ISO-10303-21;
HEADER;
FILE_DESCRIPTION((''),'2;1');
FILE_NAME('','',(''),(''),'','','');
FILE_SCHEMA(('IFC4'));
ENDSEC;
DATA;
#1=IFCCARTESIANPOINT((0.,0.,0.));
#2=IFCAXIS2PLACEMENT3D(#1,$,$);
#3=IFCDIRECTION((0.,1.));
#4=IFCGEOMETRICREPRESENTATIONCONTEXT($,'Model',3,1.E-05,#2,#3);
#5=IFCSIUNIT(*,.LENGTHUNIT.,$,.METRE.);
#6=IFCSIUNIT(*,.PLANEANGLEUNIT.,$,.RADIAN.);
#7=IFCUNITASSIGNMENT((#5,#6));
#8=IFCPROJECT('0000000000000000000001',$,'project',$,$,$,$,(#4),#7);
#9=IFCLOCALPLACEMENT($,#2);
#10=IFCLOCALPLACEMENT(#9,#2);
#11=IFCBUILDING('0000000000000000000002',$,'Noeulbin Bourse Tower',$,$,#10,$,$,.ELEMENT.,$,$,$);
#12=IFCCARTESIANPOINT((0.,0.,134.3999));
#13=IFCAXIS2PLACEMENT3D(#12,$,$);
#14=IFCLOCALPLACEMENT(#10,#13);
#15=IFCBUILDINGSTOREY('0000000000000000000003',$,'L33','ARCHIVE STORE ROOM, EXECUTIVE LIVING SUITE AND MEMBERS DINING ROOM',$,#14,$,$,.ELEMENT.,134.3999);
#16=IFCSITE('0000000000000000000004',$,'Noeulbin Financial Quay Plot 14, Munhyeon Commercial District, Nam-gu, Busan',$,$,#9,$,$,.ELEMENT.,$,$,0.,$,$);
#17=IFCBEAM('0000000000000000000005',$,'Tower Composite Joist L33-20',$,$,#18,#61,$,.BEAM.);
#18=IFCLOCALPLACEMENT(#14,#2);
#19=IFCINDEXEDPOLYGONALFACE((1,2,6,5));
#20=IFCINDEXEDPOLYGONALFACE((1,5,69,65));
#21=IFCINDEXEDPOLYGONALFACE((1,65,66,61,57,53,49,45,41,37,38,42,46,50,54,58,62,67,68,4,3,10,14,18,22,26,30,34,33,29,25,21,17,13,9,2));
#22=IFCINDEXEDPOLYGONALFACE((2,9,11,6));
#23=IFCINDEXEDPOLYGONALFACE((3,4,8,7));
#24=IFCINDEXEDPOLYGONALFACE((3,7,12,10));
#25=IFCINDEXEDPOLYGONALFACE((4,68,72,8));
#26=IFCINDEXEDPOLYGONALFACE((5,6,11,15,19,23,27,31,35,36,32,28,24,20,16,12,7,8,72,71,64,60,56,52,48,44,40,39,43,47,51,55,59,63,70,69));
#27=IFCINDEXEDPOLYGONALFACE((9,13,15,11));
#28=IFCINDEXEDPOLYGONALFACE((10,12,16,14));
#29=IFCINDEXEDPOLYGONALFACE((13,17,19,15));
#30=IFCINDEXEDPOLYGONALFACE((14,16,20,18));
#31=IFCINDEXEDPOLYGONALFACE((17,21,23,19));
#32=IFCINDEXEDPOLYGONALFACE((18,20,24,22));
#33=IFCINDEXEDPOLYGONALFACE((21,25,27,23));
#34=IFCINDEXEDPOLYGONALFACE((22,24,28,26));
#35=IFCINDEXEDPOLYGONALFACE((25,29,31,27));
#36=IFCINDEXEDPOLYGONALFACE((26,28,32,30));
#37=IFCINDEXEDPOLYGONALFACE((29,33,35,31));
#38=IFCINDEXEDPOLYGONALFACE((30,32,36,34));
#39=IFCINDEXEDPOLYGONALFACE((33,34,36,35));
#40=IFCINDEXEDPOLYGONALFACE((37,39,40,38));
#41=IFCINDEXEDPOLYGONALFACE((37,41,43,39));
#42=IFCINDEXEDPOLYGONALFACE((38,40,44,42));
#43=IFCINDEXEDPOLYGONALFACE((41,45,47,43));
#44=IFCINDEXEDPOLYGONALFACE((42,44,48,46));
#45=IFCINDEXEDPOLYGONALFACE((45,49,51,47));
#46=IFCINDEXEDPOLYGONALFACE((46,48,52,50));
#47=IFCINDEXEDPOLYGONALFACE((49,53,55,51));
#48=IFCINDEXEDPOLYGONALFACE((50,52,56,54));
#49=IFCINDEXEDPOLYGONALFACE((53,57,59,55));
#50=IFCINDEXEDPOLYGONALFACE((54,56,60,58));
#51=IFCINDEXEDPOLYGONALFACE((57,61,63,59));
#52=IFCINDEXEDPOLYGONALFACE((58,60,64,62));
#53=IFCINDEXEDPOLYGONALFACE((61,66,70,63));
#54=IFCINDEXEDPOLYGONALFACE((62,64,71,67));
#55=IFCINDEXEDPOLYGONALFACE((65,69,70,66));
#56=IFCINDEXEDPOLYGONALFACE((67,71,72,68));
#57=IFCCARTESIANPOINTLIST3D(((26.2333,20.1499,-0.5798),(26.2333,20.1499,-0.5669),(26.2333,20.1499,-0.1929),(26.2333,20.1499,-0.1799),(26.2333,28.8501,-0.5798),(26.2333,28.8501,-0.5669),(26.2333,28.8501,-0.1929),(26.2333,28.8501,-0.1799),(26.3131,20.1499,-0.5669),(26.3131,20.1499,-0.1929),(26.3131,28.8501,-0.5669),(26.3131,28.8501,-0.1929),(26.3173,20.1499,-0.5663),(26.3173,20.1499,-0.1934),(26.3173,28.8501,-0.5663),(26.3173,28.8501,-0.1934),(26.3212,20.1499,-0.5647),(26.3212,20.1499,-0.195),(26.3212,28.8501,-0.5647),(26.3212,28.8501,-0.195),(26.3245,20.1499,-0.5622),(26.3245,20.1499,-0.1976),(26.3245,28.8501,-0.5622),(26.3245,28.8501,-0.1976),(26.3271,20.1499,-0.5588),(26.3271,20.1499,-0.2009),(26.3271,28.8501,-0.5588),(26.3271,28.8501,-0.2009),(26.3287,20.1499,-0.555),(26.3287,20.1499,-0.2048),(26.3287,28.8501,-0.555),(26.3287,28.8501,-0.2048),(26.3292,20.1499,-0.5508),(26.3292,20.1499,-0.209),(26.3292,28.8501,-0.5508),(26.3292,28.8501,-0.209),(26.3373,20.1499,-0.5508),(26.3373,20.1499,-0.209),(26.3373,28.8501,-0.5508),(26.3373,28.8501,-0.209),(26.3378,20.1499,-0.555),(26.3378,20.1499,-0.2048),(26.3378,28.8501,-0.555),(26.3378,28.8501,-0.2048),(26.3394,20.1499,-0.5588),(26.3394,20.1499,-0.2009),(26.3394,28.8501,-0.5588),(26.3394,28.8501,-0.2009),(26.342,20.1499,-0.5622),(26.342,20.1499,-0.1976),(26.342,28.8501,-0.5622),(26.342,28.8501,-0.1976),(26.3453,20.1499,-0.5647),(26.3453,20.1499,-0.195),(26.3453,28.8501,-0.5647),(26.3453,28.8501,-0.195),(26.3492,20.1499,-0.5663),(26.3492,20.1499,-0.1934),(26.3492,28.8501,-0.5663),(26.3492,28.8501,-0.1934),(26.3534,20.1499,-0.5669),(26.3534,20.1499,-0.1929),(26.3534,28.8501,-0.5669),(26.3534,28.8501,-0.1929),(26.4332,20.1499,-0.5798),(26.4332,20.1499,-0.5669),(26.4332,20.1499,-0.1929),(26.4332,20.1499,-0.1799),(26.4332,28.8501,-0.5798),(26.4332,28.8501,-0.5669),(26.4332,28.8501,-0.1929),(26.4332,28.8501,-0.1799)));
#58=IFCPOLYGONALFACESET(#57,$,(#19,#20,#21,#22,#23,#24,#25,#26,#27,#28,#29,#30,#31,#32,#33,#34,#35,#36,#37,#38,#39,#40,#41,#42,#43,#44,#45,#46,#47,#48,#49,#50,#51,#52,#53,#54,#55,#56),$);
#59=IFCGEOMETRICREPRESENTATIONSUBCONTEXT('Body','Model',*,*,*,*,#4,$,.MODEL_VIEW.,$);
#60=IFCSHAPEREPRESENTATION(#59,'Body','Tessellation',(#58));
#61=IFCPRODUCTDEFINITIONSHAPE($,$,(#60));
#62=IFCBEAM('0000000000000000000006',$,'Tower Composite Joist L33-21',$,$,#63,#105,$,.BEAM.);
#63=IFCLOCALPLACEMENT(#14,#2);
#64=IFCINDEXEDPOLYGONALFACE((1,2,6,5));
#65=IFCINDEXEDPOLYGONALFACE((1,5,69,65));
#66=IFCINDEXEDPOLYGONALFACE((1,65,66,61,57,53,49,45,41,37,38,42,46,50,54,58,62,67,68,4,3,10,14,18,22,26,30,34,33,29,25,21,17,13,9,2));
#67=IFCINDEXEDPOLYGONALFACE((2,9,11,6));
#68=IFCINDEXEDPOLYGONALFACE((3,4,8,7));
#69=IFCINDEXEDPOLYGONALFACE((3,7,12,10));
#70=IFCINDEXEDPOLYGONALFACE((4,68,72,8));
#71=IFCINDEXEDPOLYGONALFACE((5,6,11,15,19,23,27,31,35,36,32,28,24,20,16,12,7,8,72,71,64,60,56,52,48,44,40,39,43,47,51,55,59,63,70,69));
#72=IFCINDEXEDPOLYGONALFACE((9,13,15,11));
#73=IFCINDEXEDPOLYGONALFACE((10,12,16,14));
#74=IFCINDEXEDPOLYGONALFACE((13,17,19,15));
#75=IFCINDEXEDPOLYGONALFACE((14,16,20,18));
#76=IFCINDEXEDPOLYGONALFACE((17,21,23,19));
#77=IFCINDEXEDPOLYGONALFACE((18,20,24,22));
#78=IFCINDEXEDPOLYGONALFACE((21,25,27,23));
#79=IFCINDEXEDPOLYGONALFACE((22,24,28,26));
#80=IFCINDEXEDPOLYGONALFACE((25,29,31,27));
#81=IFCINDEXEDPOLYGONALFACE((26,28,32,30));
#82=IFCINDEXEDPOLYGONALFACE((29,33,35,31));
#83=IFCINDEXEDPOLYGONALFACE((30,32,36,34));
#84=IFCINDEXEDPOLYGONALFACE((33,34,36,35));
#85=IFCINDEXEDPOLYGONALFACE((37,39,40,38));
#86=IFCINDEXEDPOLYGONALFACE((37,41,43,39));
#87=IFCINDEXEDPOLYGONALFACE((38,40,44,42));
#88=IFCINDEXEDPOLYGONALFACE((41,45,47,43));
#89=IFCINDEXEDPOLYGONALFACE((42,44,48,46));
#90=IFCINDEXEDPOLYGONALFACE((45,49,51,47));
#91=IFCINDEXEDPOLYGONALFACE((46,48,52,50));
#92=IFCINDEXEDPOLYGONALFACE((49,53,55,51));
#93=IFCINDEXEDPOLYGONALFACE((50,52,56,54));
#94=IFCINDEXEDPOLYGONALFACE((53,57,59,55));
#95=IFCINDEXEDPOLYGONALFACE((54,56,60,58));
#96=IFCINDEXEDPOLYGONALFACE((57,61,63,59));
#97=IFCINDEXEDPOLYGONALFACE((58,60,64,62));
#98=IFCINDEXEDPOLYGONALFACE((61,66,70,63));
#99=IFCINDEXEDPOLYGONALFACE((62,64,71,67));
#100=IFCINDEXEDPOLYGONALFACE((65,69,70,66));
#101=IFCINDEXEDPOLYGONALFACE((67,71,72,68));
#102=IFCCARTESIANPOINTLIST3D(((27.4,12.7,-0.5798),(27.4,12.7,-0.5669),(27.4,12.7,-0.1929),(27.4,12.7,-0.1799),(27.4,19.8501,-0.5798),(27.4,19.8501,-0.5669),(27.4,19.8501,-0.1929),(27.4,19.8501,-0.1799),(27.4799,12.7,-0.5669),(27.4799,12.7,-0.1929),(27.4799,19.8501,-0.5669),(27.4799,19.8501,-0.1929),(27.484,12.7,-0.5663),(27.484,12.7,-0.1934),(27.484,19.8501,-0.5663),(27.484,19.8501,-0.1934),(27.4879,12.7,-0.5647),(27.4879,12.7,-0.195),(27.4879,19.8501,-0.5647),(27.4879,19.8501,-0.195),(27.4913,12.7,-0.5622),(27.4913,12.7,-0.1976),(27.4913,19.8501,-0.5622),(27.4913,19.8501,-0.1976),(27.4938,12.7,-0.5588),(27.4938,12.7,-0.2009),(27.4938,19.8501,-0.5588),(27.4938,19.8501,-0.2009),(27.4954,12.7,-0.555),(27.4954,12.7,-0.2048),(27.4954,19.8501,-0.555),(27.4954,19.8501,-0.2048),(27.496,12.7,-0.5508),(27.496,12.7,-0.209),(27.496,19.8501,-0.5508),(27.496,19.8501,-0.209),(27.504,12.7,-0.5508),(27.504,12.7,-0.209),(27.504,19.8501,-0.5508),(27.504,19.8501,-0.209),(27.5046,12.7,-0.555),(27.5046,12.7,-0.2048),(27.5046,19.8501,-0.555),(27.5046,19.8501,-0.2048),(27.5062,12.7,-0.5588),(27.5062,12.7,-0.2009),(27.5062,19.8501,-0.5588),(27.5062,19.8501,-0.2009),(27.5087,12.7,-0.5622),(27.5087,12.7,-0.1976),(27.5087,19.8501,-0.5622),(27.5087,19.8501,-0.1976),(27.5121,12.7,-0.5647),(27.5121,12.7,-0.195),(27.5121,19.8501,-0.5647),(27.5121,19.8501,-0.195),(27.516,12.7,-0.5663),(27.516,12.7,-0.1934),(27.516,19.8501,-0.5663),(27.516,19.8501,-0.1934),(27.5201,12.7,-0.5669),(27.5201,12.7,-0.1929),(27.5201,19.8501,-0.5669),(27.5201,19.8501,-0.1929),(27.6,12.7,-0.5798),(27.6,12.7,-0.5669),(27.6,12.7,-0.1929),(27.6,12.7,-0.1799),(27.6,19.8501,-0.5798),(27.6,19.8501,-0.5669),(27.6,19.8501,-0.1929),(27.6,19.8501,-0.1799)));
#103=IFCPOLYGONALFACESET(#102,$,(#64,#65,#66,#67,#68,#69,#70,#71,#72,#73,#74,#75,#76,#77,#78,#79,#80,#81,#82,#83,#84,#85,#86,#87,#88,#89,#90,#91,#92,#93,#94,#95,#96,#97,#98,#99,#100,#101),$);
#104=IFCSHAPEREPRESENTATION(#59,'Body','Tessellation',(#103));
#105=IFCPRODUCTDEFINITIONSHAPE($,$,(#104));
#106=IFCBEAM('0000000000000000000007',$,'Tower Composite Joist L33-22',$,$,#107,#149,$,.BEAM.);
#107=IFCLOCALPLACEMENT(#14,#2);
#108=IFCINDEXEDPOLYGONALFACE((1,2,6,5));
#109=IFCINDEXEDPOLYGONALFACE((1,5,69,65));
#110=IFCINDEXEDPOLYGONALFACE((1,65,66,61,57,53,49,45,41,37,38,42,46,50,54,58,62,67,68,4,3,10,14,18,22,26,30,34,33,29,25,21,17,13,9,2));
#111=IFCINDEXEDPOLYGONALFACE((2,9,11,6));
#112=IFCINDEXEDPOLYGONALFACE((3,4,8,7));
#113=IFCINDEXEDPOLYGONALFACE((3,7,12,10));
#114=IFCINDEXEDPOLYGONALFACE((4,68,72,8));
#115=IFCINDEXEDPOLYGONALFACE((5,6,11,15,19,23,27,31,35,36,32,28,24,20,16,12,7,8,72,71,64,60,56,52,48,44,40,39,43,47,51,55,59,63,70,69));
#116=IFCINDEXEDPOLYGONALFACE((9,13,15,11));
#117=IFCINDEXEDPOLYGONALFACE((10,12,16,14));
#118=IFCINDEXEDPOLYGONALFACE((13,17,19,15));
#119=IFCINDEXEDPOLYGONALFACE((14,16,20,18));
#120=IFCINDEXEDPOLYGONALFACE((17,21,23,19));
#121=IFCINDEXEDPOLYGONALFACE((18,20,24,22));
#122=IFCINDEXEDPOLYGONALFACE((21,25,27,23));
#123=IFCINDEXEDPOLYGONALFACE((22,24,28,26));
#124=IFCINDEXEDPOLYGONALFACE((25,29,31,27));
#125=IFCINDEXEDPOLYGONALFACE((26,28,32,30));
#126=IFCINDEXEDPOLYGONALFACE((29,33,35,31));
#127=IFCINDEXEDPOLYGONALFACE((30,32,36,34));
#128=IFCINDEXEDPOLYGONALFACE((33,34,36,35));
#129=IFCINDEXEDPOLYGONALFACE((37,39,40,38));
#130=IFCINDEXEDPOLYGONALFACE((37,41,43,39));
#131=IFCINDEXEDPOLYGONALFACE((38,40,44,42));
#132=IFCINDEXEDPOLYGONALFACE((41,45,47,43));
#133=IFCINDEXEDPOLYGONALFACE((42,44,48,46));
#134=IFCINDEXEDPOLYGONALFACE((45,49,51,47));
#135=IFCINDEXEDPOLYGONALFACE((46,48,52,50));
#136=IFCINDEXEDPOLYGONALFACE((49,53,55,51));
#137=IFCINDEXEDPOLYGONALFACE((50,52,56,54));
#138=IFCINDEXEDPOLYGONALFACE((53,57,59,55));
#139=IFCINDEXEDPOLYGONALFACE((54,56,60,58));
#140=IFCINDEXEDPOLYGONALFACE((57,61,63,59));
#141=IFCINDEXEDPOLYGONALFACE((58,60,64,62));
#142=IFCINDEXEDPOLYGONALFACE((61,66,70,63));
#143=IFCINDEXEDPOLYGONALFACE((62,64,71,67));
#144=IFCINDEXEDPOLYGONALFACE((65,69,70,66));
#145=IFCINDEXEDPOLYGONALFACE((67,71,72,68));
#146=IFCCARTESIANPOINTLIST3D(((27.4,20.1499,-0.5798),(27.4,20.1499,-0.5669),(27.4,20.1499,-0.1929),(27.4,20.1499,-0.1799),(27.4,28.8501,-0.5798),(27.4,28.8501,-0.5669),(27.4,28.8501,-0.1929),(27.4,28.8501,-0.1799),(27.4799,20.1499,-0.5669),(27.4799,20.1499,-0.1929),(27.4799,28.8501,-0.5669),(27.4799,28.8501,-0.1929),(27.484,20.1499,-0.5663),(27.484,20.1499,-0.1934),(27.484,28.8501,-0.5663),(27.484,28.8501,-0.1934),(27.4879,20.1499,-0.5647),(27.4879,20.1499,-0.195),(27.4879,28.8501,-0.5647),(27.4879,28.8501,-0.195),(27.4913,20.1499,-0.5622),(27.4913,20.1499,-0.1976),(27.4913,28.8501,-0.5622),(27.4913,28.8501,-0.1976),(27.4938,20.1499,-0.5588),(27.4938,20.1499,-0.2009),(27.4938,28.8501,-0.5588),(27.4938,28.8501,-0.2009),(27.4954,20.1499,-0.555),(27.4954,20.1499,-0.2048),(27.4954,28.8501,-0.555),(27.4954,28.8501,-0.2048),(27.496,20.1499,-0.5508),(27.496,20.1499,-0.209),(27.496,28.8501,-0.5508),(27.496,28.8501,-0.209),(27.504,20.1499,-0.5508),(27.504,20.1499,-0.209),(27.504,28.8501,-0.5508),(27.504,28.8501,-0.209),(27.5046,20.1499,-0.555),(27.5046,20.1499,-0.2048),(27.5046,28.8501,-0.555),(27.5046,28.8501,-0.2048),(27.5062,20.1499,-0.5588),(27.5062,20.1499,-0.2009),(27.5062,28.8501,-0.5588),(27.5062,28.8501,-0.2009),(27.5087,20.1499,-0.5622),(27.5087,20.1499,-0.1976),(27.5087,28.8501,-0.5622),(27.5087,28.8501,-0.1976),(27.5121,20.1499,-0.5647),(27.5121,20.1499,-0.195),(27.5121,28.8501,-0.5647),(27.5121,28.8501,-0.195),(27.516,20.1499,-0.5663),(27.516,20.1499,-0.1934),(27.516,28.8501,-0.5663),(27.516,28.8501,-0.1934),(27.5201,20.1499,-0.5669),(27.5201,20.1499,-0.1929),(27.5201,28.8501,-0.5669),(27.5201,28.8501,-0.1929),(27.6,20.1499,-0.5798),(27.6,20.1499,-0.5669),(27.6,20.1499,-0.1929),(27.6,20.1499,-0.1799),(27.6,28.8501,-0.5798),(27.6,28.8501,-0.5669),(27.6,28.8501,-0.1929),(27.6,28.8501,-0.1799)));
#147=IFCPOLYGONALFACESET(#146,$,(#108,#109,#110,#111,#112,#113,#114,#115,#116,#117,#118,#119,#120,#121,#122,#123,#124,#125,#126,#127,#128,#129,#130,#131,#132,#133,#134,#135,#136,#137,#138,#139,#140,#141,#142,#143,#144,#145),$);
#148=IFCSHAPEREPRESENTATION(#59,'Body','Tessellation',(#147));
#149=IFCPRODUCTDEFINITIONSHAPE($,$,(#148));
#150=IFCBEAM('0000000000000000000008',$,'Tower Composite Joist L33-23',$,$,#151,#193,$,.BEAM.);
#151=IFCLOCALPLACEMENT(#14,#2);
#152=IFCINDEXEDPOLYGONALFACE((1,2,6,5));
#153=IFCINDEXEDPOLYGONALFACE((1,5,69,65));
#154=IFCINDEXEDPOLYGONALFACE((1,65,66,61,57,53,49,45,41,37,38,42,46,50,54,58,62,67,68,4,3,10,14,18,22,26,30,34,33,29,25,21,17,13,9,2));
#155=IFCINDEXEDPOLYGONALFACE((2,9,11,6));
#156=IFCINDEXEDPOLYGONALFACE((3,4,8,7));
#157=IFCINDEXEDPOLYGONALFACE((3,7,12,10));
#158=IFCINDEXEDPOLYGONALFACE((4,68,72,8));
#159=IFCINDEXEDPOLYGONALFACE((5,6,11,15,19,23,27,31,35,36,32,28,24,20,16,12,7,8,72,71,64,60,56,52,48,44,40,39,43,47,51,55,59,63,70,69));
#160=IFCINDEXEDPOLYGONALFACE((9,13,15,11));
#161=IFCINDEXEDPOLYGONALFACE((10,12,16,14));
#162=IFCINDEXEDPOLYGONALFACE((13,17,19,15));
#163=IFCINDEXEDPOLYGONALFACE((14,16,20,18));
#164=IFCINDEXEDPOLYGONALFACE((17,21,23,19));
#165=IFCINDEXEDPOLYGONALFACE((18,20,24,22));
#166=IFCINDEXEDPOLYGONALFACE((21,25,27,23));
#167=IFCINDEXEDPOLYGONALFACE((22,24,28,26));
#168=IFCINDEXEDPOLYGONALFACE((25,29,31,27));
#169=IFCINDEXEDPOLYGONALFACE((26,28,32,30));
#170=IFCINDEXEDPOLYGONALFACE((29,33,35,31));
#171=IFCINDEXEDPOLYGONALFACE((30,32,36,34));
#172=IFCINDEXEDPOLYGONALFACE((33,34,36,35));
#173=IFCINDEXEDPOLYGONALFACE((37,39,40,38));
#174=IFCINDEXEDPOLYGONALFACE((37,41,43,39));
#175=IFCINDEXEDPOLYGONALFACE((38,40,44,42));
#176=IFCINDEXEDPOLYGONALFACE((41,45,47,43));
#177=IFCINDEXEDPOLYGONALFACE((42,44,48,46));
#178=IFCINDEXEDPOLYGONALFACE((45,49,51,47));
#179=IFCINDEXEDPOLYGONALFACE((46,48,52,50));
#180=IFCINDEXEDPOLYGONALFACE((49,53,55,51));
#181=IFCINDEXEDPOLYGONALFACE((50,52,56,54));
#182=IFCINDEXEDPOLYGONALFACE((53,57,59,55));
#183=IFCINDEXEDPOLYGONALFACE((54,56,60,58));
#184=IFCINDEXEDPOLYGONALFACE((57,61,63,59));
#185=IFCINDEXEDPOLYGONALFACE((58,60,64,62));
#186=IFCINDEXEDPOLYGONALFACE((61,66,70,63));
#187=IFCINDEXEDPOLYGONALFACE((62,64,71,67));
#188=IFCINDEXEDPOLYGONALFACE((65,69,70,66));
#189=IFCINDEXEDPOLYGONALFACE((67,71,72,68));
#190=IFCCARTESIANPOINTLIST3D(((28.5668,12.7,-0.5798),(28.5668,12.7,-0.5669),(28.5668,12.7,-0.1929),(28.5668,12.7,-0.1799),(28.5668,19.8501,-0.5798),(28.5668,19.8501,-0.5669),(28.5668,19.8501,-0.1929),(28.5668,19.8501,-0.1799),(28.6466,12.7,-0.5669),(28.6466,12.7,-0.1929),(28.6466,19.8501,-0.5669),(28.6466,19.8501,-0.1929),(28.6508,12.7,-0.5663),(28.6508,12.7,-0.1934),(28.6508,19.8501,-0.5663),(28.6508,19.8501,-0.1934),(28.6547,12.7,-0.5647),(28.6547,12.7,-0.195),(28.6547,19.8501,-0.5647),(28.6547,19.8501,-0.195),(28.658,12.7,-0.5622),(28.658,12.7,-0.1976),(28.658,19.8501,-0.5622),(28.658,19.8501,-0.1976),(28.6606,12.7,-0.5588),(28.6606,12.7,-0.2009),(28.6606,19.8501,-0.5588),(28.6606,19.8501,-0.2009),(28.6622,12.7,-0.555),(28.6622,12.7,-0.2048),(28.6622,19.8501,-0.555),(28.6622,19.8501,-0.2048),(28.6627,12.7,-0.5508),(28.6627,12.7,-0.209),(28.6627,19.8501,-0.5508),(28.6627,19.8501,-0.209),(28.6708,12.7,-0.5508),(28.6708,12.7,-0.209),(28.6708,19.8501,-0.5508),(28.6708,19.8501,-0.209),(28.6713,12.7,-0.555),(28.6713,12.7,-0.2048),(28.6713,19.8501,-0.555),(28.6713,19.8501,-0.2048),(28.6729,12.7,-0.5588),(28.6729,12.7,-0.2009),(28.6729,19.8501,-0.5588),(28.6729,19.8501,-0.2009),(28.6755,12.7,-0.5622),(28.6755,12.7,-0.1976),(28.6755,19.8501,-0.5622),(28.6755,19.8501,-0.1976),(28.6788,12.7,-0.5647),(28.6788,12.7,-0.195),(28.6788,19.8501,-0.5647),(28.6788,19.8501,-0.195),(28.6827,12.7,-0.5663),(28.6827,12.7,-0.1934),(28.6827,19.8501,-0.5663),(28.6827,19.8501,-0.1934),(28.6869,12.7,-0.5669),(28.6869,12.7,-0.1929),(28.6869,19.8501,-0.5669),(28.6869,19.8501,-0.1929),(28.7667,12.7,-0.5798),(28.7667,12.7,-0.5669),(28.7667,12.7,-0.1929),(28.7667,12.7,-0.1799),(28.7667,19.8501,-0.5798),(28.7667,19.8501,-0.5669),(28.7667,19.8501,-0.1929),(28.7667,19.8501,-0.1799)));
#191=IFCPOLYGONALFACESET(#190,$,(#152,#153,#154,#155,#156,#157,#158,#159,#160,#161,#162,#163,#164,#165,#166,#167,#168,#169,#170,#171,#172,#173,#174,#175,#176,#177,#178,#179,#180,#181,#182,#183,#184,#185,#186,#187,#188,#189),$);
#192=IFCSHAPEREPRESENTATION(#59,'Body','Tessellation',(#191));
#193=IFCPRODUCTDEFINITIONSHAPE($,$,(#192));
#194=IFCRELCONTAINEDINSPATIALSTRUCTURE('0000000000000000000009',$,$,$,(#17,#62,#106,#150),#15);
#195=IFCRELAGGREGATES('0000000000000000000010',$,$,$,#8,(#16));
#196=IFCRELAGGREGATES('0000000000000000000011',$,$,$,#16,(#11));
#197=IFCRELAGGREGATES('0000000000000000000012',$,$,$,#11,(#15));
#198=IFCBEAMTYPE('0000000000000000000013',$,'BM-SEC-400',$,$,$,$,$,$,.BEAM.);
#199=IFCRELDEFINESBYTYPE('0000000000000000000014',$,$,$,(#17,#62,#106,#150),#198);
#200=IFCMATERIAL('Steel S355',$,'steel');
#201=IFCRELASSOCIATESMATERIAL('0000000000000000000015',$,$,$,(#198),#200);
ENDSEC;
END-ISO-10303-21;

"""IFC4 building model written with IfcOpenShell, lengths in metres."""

from ifc_helpers import new_model, si_unit, direction, frame, origin, origin_2d, place, context, subcontext, project, spatial, i_section, extrude, material, material_profile, profile_set, type_object, element, save


model = new_model("IFC4")

# Units and contexts
model_context = context("Model", 3, precision=1e-05, world=origin(), true_north=direction((0.0, 1.0)))
body_context = subcontext(model_context, "Body", "Model", "MODEL_VIEW")
ifc_project = project(units=[si_unit("LENGTHUNIT", "METRE"), si_unit("PLANEANGLEUNIT", "RADIAN")], contexts=[model_context])

# Site, building, storey
site_placement = place(None, origin())
site = spatial("IfcSite", under=ifc_project, at=site_placement, Name="Noeulbin Financial Quay Plot 14, Munhyeon Commercial District, Nam-gu, Busan", CompositionType="ELEMENT", RefElevation=0.0)
building_placement = place(site_placement, origin())
building = spatial("IfcBuilding", under=site, at=building_placement, Name="Noeulbin Bourse Tower", CompositionType="ELEMENT")
storey_placement = place(building_placement, frame((0.0, 0.0, 134.3999)))
storey = spatial("IfcBuildingStorey", under=building, at=storey_placement, Name="L33", Description="ARCHIVE STORE ROOM, EXECUTIVE LIVING SUITE AND MEMBERS DINING ROOM", CompositionType="ELEMENT", Elevation=134.3999)

# Shared definitions
ifc_material_1 = material(Name="Steel S355", Category="steel")

# Beams
ifc_material_profile_1 = material_profile(ifc_material_1, i_section(OverallWidth=0.2, OverallDepth=0.3999, WebThickness=0.0081, FlangeThickness=0.0129, FilletRadius=0.0161, at=origin_2d()), Name="H-400x200x8x13", Category="LoadBearing")
ifc_profile_set_1 = profile_set([ifc_material_profile_1], Name="Steel S355")
beam_type_1 = type_object("IfcBeamType", Name="BM-SEC-400", PredefinedType="BEAM", material=ifc_profile_set_1)
beam_1_placement = place(storey_placement, frame((26.3333, 20.1499, -0.3799), z_axis=(0.0, 1.0, 0.0), x_axis=(-1.0, 0.0, 0.0)))
element("IfcBeam", 1, at=beam_1_placement, inside=storey, type_object=beam_type_1, Name="Tower Composite Joist L33-20", PredefinedType="BEAM", context=body_context, shape_type="SweptSolid", body=[
    extrude(i_section(OverallWidth=0.2, OverallDepth=0.3999, WebThickness=0.0081, FlangeThickness=0.0129, FilletRadius=0.0161, at=origin_2d()), origin(), (0.0, 0.0, 1.0), 8.7002),
])
beam_2_placement = place(storey_placement, frame((27.5, 12.7, -0.3799), z_axis=(0.0, 1.0, 0.0), x_axis=(-1.0, 0.0, 0.0)))
element("IfcBeam", 2, at=beam_2_placement, inside=storey, type_object=beam_type_1, Name="Tower Composite Joist L33-21", PredefinedType="BEAM", context=body_context, shape_type="SweptSolid", body=[
    extrude(i_section(OverallWidth=0.2, OverallDepth=0.3999, WebThickness=0.0081, FlangeThickness=0.0129, FilletRadius=0.0161, at=origin_2d()), origin(), (0.0, 0.0, 1.0), 7.1501),
])
beam_3_placement = place(storey_placement, frame((27.5, 20.1499, -0.3799), z_axis=(0.0, 1.0, 0.0), x_axis=(-1.0, 0.0, 0.0)))
element("IfcBeam", 3, at=beam_3_placement, inside=storey, type_object=beam_type_1, Name="Tower Composite Joist L33-22", PredefinedType="BEAM", context=body_context, shape_type="SweptSolid", body=[
    extrude(i_section(OverallWidth=0.2, OverallDepth=0.3999, WebThickness=0.0081, FlangeThickness=0.0129, FilletRadius=0.0161, at=origin_2d()), origin(), (0.0, 0.0, 1.0), 8.7002),
])
beam_4_placement = place(storey_placement, frame((28.6667, 12.7, -0.3799), z_axis=(0.0, 1.0, 0.0), x_axis=(-1.0, 0.0, 0.0)))
element("IfcBeam", 4, at=beam_4_placement, inside=storey, type_object=beam_type_1, Name="Tower Composite Joist L33-23", PredefinedType="BEAM", context=body_context, shape_type="SweptSolid", body=[
    extrude(i_section(OverallWidth=0.2, OverallDepth=0.3999, WebThickness=0.0081, FlangeThickness=0.0129, FilletRadius=0.0161, at=origin_2d()), origin(), (0.0, 0.0, 1.0), 7.1501),
])

save(model, "model.ifc")
